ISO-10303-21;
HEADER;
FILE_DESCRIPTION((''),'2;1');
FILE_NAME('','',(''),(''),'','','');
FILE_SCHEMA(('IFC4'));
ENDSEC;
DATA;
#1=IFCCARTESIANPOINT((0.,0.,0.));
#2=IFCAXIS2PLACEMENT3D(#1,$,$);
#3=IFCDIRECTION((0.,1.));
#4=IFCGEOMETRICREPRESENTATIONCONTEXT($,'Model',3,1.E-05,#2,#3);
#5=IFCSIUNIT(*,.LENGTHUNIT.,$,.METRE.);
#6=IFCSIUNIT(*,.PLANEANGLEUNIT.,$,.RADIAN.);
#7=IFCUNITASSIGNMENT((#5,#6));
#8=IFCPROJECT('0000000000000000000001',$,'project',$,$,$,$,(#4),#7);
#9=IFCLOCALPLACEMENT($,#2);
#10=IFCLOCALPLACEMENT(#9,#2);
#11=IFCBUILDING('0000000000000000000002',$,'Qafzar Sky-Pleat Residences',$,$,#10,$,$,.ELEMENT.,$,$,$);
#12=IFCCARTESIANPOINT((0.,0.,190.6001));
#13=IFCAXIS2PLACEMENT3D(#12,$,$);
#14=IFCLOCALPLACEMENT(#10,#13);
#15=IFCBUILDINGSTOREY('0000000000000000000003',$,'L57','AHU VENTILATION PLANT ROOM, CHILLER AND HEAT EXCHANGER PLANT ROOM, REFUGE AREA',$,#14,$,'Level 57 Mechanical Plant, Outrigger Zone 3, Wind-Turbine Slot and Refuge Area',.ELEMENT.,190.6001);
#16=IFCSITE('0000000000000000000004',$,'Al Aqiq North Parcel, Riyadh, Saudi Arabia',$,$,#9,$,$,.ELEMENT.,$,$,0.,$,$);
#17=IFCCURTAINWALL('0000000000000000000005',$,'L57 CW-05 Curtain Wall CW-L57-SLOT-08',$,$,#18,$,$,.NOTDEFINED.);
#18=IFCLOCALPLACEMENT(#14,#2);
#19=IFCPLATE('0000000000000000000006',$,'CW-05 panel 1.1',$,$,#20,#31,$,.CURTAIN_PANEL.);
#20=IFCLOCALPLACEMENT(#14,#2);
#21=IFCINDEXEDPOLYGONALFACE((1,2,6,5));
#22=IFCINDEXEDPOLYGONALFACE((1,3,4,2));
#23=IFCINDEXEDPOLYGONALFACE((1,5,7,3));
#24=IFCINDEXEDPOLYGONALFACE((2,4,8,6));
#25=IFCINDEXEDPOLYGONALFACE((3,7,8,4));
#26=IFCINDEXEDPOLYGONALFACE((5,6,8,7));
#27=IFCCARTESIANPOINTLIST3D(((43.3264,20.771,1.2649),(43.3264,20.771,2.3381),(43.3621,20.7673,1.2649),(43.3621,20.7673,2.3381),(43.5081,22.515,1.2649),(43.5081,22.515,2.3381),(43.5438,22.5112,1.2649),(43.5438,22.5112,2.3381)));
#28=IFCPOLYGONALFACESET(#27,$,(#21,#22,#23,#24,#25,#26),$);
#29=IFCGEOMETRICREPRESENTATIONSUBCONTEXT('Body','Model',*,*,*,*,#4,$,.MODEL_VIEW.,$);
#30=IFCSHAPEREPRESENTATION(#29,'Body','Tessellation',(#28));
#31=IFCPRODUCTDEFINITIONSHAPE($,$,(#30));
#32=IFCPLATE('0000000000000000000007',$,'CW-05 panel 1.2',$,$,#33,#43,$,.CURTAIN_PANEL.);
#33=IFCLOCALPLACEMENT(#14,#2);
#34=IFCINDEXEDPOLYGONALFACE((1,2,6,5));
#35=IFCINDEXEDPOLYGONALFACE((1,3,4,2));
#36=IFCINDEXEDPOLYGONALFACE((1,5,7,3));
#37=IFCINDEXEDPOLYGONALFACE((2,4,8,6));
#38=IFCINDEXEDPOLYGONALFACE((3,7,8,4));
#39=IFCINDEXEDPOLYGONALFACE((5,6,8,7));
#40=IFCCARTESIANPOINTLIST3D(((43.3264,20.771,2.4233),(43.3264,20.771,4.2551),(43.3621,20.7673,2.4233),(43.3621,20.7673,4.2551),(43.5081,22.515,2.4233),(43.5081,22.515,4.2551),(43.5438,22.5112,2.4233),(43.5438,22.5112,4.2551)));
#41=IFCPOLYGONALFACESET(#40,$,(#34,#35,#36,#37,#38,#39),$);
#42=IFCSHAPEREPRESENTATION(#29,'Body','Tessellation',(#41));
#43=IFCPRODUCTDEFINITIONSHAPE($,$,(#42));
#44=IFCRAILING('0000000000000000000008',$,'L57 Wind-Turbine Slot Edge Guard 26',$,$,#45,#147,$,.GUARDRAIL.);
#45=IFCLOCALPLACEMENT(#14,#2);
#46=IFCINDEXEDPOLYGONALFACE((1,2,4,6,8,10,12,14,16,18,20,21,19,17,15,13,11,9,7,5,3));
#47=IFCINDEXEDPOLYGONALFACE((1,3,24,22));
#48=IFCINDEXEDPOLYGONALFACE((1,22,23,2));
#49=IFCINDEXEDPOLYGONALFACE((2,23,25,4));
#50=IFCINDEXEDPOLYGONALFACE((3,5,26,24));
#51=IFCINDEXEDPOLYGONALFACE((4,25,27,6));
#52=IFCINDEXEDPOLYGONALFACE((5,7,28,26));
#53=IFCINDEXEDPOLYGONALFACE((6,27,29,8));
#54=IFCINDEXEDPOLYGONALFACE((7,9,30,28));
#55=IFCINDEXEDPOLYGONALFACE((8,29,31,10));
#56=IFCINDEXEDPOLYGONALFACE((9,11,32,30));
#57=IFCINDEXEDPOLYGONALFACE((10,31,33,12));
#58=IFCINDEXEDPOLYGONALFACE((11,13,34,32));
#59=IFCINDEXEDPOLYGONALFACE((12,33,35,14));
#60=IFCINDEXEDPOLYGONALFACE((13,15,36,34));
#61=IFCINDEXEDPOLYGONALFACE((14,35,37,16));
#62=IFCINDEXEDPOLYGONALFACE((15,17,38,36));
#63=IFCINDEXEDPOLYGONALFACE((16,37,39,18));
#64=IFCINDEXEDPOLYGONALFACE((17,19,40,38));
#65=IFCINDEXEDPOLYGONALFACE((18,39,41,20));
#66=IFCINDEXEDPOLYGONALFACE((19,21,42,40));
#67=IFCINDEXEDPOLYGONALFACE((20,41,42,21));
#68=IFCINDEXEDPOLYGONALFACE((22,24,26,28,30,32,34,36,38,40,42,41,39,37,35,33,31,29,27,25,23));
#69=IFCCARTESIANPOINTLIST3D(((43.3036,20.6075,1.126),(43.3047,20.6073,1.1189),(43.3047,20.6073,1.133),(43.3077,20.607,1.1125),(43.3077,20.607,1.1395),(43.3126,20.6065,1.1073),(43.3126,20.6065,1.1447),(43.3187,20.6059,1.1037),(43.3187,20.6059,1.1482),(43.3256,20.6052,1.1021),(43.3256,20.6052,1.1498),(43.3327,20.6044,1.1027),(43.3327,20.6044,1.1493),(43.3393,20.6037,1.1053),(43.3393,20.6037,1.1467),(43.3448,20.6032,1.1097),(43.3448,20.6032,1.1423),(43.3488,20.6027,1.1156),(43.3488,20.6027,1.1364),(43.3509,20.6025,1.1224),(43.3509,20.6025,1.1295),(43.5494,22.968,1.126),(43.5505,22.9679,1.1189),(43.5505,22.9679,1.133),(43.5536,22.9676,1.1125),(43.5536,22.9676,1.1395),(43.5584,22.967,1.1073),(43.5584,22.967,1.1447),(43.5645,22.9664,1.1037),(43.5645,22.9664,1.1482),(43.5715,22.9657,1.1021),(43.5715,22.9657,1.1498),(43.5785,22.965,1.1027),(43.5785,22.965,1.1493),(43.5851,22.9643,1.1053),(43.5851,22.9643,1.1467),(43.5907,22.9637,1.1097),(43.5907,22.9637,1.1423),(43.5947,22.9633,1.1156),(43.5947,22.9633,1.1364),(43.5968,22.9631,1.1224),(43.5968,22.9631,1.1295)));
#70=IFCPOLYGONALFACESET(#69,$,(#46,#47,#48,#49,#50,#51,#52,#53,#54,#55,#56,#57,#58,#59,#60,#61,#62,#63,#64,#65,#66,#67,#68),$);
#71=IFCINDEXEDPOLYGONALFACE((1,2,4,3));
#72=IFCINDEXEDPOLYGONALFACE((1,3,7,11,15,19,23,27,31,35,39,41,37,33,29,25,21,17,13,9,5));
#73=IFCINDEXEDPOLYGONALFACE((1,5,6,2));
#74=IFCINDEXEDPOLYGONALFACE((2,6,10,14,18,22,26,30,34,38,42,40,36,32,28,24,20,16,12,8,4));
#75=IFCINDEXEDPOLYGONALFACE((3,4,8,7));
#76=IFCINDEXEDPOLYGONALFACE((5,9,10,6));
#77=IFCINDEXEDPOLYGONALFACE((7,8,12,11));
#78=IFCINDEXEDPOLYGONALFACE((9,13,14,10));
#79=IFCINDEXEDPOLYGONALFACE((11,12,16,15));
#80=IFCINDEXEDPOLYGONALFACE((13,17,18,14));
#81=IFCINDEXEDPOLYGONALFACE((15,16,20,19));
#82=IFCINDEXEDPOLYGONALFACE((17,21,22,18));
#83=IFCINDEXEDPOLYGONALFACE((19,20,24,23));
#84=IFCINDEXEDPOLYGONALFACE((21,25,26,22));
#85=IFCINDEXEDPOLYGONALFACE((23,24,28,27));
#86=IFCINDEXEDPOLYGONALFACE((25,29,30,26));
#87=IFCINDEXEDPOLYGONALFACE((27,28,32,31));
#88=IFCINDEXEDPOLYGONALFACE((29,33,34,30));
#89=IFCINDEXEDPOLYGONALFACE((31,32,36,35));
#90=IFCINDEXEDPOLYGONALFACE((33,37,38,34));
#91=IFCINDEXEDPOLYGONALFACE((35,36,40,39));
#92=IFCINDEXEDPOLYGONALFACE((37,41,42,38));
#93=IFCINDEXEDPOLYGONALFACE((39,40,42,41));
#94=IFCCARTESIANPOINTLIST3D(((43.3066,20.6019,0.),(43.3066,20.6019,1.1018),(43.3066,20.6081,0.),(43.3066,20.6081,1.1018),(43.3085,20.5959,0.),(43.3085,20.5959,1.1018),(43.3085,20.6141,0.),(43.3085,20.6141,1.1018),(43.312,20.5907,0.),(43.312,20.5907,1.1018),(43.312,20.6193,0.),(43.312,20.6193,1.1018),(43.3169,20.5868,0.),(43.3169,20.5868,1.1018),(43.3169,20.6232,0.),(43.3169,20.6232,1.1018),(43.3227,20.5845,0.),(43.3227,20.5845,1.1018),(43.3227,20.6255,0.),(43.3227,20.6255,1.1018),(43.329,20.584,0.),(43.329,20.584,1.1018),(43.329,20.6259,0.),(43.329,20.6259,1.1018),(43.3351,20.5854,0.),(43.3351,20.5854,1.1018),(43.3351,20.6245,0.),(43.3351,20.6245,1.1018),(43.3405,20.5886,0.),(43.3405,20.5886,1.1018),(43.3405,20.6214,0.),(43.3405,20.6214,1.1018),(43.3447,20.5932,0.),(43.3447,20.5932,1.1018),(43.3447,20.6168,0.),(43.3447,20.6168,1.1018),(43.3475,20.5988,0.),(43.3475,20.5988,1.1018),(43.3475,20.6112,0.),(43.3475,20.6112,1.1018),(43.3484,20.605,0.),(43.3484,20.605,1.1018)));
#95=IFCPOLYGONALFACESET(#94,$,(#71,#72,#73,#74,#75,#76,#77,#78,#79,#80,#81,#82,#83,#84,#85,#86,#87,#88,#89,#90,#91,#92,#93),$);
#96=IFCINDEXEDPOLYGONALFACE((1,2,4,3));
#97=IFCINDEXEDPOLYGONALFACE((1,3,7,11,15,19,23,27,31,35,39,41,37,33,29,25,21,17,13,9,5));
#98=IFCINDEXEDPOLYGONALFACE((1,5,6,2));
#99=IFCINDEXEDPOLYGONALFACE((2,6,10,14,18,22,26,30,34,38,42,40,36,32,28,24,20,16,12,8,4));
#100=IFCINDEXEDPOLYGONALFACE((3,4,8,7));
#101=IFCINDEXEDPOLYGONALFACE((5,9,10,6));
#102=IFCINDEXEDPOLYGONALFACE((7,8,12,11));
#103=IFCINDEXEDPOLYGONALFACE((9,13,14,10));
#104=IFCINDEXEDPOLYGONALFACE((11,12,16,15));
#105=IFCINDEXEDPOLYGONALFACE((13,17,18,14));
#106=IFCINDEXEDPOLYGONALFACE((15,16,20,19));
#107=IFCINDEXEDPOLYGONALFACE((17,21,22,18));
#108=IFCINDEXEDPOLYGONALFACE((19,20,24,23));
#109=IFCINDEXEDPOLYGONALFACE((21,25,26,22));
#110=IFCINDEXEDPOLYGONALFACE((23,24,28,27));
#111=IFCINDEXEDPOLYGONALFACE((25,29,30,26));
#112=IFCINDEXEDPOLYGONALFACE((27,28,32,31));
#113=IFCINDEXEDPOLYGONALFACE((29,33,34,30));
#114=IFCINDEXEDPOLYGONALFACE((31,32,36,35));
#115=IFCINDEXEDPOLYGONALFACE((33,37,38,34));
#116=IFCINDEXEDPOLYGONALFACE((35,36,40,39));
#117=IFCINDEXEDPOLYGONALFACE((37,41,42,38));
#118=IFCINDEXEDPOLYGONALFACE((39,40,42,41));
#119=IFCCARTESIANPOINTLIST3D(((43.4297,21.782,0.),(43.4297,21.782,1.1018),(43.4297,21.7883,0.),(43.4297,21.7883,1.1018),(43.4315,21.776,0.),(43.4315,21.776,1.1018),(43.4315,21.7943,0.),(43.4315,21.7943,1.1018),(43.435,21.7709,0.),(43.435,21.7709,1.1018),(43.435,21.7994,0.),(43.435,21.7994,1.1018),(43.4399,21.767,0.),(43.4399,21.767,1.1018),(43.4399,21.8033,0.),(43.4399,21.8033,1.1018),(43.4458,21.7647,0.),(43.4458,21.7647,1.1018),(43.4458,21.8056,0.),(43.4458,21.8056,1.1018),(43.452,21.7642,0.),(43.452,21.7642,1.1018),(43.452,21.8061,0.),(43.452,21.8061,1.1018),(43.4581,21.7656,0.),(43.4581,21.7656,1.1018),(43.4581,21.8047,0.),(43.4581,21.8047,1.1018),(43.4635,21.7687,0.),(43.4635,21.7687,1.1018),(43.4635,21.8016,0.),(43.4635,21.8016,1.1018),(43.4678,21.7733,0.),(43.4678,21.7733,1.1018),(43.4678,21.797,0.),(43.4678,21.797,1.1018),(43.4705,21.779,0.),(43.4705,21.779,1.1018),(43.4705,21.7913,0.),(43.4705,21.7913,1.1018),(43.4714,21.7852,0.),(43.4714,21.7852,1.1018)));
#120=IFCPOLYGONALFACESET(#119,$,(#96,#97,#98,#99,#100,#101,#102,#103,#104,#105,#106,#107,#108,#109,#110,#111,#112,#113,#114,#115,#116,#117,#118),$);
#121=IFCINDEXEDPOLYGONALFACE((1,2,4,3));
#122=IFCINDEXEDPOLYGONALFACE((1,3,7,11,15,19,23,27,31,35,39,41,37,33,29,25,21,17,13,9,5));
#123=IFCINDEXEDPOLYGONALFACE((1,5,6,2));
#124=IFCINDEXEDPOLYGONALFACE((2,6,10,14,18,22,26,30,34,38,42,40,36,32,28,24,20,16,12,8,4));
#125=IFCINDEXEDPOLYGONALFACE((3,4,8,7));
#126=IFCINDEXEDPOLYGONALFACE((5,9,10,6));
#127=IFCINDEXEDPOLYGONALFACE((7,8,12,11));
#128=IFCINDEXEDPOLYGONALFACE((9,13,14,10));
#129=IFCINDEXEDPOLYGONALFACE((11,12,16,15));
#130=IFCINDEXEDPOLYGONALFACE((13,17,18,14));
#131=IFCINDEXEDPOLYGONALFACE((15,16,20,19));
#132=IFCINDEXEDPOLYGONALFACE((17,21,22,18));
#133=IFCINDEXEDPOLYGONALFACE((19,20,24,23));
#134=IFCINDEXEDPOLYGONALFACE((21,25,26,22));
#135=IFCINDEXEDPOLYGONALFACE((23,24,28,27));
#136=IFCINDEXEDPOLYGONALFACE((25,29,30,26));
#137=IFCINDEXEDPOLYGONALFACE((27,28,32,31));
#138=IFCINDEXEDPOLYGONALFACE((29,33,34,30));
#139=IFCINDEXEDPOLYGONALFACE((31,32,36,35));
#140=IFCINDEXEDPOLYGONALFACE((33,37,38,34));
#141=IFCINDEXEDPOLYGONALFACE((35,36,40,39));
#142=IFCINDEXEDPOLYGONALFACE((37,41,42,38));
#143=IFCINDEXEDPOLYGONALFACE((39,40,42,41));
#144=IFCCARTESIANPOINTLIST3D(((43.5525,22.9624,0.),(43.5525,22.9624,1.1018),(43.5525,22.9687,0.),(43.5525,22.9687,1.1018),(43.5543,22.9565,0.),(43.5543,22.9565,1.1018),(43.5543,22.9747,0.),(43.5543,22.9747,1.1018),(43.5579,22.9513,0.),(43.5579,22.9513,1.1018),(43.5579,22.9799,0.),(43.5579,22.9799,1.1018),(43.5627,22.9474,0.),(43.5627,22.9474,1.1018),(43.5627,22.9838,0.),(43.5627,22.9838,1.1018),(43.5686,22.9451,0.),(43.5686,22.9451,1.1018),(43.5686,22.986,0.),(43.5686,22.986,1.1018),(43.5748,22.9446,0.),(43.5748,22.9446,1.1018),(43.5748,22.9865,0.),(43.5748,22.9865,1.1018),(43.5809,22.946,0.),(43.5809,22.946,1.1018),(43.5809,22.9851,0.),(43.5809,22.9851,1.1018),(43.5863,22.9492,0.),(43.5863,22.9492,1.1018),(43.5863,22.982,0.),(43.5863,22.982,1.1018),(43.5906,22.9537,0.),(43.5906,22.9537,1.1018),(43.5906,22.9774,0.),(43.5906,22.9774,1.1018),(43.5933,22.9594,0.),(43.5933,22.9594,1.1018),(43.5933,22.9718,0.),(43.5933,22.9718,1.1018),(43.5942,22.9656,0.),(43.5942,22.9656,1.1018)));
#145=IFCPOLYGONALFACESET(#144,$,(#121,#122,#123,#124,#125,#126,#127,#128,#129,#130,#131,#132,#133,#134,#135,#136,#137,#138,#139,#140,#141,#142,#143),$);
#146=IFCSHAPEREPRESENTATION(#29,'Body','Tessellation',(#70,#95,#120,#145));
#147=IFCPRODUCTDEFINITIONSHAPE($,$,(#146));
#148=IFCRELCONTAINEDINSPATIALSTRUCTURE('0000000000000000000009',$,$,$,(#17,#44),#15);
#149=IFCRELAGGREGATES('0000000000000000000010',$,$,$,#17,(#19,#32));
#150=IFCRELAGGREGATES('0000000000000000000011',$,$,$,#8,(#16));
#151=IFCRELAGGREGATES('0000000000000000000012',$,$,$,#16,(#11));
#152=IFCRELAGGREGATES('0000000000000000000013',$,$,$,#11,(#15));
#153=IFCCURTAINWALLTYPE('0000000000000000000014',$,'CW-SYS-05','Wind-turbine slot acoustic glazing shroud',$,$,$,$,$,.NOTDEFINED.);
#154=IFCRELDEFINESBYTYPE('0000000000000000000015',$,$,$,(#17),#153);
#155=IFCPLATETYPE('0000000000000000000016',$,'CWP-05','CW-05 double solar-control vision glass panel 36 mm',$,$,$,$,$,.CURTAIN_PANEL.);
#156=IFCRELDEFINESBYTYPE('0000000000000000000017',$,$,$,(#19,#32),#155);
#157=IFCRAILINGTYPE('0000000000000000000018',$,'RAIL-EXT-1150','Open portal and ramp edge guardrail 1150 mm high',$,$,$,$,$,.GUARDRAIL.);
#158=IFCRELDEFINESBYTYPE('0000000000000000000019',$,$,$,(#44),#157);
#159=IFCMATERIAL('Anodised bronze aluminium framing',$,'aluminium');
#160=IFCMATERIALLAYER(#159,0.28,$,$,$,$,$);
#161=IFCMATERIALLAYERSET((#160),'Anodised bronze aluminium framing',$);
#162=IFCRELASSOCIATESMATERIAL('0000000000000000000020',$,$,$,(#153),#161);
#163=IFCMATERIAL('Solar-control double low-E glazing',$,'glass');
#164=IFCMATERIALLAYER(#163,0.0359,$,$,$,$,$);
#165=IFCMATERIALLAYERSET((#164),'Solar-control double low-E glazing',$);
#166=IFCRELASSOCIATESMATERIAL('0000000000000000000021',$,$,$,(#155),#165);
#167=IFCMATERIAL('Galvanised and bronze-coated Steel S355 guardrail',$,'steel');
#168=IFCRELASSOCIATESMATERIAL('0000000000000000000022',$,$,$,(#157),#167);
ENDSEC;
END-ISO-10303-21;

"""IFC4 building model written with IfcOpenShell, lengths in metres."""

from ifc_helpers import new_model, si_unit, direction, frame, origin, origin_2d, place, context, subcontext, project, spatial, rectangle, circle, extrude, source, transform, mapped, material, layer, layer_set, type_object, element, aggregate, save


model = new_model("IFC4")

# Units and contexts
model_context = context("Model", 3, precision=1e-05, world=origin(), true_north=direction((0.0, 1.0)))
body_context = subcontext(model_context, "Body", "Model", "MODEL_VIEW")
ifc_project = project(units=[si_unit("LENGTHUNIT", "METRE"), si_unit("PLANEANGLEUNIT", "RADIAN")], contexts=[model_context])

# Site, building, storey
site_placement = place(None, origin())
site = spatial("IfcSite", under=ifc_project, at=site_placement, Name="Al Aqiq North Parcel, Riyadh, Saudi Arabia", CompositionType="ELEMENT", RefElevation=0.0)
building_placement = place(site_placement, origin())
building = spatial("IfcBuilding", under=site, at=building_placement, Name="Qafzar Sky-Pleat Residences", CompositionType="ELEMENT")
storey_placement = place(building_placement, frame((0.0, 0.0, 190.6001)))
storey = spatial("IfcBuildingStorey", under=building, at=storey_placement, Name="L57", Description="AHU VENTILATION PLANT ROOM, CHILLER AND HEAT EXCHANGER PLANT ROOM, REFUGE AREA", LongName="Level 57 Mechanical Plant, Outrigger Zone 3, Wind-Turbine Slot and Refuge Area", CompositionType="ELEMENT", Elevation=190.6001)

# Shared definitions
ifc_material_1 = material(Name="Anodised bronze aluminium framing", Category="aluminium")
ifc_layer_1 = layer(ifc_material_1, 0.28)
ifc_layer_set_1 = layer_set([ifc_layer_1], Name="Anodised bronze aluminium framing")
curtain_wall_type = type_object("IfcCurtainWallType", Name="CW-SYS-05", Description="Wind-turbine slot acoustic glazing shroud", PredefinedType="NOTDEFINED", material=ifc_layer_set_1)

# Curtain wall
curtain_wall_1_placement = place(storey_placement, origin())
curtain_wall_1 = element("IfcCurtainWall", 1, at=curtain_wall_1_placement, inside=storey, type_object=curtain_wall_type, Name="L57 CW-05 Curtain Wall CW-L57-SLOT-08", PredefinedType="NOTDEFINED")

# Plates
ifc_material_2 = material(Name="Solar-control double low-E glazing", Category="glass")
ifc_layer_2 = layer(ifc_material_2, 0.0359)
ifc_layer_set_2 = layer_set([ifc_layer_2], Name="Solar-control double low-E glazing")
plate_type = type_object("IfcPlateType", Name="CWP-05", Description="CW-05 double solar-control vision glass panel 36 mm", PredefinedType="CURTAIN_PANEL", material=ifc_layer_set_2)
shared_shape_1 = source(origin(), body_context, "Body", "SweptSolid", [
    extrude(rectangle(XDim=1.7534, YDim=0.0359, at=origin_2d()), origin(), (0.0, 0.0, 1.0), 1.0732),
])
plate_1_placement = place(storey_placement, frame((43.4351, 21.6411, 1.2649), z_axis=(0.0, 0.0, 1.0), x_axis=(0.103621, 0.994617, 0.0)))
plate_1 = element("IfcPlate", 2, at=plate_1_placement, type_object=plate_type, Name="CW-05 panel 1.1", PredefinedType="CURTAIN_PANEL", context=body_context, shape_type="MappedRepresentation", body=[
    mapped(shared_shape_1, transform((0.0, 0.0, 0.0), x_axis=(1.0, 0.0, 0.0), y_axis=(0.0, 1.0, 0.0), z_axis=(0.0, 0.0, 1.0), scale=1.0)),
])
shared_shape_2 = source(origin(), body_context, "Body", "SweptSolid", [
    extrude(rectangle(XDim=1.7534, YDim=0.0359, at=origin_2d()), origin(), (0.0, 0.0, 1.0), 1.8318),
])
plate_2_placement = place(storey_placement, frame((43.4351, 21.6411, 2.4233), z_axis=(0.0, 0.0, 1.0), x_axis=(0.103621, 0.994617, 0.0)))
plate_2 = element("IfcPlate", 3, at=plate_2_placement, type_object=plate_type, Name="CW-05 panel 1.2", PredefinedType="CURTAIN_PANEL", context=body_context, shape_type="MappedRepresentation", body=[
    mapped(shared_shape_2, transform((0.0, 0.0, 0.0), x_axis=(1.0, 0.0, 0.0), y_axis=(0.0, 1.0, 0.0), z_axis=(0.0, 0.0, 1.0), scale=1.0)),
])
aggregate(curtain_wall_1, [plate_1, plate_2])

# Railing
ifc_material_3 = material(Name="Galvanised and bronze-coated Steel S355 guardrail", Category="steel")
railing_type = type_object("IfcRailingType", Name="RAIL-EXT-1150", Description="Open portal and ramp edge guardrail 1150 mm high", PredefinedType="GUARDRAIL", material=ifc_material_3)
shared_shape_3 = source(origin(), body_context, "Body", "SweptSolid", [
    extrude(circle(Radius=0.0239, at=origin_2d()), frame((0.0, 0.0, 1.126), z_axis=(0.103587, 0.99462, 0.0), x_axis=(-0.99462, 0.103587, 0.0)), (0.0, 0.0, 1.0), 2.3733),
    extrude(circle(Radius=0.021, at=origin_2d()), origin(), (0.0, 0.0, 1.0), 1.1018),
    extrude(circle(Radius=0.021, at=origin_2d()), frame((0.123, 1.1802, 0.0)), (0.0, 0.0, 1.0), 1.1018),
    extrude(circle(Radius=0.021, at=origin_2d()), frame((0.2458, 2.3606, 0.0)), (0.0, 0.0, 1.0), 1.1018),
])
railing_1_placement = place(storey_placement, frame((43.3274, 20.605, 0.0)))
element("IfcRailing", 4, at=railing_1_placement, inside=storey, type_object=railing_type, Name="L57 Wind-Turbine Slot Edge Guard 26", PredefinedType="GUARDRAIL", context=body_context, shape_type="MappedRepresentation", body=[
    mapped(shared_shape_3, transform((0.0, 0.0, 0.0), x_axis=(1.0, 0.0, 0.0), y_axis=(0.0, 1.0, 0.0), z_axis=(0.0, 0.0, 1.0), scale=1.0)),
])

save(model, "model.ifc")
